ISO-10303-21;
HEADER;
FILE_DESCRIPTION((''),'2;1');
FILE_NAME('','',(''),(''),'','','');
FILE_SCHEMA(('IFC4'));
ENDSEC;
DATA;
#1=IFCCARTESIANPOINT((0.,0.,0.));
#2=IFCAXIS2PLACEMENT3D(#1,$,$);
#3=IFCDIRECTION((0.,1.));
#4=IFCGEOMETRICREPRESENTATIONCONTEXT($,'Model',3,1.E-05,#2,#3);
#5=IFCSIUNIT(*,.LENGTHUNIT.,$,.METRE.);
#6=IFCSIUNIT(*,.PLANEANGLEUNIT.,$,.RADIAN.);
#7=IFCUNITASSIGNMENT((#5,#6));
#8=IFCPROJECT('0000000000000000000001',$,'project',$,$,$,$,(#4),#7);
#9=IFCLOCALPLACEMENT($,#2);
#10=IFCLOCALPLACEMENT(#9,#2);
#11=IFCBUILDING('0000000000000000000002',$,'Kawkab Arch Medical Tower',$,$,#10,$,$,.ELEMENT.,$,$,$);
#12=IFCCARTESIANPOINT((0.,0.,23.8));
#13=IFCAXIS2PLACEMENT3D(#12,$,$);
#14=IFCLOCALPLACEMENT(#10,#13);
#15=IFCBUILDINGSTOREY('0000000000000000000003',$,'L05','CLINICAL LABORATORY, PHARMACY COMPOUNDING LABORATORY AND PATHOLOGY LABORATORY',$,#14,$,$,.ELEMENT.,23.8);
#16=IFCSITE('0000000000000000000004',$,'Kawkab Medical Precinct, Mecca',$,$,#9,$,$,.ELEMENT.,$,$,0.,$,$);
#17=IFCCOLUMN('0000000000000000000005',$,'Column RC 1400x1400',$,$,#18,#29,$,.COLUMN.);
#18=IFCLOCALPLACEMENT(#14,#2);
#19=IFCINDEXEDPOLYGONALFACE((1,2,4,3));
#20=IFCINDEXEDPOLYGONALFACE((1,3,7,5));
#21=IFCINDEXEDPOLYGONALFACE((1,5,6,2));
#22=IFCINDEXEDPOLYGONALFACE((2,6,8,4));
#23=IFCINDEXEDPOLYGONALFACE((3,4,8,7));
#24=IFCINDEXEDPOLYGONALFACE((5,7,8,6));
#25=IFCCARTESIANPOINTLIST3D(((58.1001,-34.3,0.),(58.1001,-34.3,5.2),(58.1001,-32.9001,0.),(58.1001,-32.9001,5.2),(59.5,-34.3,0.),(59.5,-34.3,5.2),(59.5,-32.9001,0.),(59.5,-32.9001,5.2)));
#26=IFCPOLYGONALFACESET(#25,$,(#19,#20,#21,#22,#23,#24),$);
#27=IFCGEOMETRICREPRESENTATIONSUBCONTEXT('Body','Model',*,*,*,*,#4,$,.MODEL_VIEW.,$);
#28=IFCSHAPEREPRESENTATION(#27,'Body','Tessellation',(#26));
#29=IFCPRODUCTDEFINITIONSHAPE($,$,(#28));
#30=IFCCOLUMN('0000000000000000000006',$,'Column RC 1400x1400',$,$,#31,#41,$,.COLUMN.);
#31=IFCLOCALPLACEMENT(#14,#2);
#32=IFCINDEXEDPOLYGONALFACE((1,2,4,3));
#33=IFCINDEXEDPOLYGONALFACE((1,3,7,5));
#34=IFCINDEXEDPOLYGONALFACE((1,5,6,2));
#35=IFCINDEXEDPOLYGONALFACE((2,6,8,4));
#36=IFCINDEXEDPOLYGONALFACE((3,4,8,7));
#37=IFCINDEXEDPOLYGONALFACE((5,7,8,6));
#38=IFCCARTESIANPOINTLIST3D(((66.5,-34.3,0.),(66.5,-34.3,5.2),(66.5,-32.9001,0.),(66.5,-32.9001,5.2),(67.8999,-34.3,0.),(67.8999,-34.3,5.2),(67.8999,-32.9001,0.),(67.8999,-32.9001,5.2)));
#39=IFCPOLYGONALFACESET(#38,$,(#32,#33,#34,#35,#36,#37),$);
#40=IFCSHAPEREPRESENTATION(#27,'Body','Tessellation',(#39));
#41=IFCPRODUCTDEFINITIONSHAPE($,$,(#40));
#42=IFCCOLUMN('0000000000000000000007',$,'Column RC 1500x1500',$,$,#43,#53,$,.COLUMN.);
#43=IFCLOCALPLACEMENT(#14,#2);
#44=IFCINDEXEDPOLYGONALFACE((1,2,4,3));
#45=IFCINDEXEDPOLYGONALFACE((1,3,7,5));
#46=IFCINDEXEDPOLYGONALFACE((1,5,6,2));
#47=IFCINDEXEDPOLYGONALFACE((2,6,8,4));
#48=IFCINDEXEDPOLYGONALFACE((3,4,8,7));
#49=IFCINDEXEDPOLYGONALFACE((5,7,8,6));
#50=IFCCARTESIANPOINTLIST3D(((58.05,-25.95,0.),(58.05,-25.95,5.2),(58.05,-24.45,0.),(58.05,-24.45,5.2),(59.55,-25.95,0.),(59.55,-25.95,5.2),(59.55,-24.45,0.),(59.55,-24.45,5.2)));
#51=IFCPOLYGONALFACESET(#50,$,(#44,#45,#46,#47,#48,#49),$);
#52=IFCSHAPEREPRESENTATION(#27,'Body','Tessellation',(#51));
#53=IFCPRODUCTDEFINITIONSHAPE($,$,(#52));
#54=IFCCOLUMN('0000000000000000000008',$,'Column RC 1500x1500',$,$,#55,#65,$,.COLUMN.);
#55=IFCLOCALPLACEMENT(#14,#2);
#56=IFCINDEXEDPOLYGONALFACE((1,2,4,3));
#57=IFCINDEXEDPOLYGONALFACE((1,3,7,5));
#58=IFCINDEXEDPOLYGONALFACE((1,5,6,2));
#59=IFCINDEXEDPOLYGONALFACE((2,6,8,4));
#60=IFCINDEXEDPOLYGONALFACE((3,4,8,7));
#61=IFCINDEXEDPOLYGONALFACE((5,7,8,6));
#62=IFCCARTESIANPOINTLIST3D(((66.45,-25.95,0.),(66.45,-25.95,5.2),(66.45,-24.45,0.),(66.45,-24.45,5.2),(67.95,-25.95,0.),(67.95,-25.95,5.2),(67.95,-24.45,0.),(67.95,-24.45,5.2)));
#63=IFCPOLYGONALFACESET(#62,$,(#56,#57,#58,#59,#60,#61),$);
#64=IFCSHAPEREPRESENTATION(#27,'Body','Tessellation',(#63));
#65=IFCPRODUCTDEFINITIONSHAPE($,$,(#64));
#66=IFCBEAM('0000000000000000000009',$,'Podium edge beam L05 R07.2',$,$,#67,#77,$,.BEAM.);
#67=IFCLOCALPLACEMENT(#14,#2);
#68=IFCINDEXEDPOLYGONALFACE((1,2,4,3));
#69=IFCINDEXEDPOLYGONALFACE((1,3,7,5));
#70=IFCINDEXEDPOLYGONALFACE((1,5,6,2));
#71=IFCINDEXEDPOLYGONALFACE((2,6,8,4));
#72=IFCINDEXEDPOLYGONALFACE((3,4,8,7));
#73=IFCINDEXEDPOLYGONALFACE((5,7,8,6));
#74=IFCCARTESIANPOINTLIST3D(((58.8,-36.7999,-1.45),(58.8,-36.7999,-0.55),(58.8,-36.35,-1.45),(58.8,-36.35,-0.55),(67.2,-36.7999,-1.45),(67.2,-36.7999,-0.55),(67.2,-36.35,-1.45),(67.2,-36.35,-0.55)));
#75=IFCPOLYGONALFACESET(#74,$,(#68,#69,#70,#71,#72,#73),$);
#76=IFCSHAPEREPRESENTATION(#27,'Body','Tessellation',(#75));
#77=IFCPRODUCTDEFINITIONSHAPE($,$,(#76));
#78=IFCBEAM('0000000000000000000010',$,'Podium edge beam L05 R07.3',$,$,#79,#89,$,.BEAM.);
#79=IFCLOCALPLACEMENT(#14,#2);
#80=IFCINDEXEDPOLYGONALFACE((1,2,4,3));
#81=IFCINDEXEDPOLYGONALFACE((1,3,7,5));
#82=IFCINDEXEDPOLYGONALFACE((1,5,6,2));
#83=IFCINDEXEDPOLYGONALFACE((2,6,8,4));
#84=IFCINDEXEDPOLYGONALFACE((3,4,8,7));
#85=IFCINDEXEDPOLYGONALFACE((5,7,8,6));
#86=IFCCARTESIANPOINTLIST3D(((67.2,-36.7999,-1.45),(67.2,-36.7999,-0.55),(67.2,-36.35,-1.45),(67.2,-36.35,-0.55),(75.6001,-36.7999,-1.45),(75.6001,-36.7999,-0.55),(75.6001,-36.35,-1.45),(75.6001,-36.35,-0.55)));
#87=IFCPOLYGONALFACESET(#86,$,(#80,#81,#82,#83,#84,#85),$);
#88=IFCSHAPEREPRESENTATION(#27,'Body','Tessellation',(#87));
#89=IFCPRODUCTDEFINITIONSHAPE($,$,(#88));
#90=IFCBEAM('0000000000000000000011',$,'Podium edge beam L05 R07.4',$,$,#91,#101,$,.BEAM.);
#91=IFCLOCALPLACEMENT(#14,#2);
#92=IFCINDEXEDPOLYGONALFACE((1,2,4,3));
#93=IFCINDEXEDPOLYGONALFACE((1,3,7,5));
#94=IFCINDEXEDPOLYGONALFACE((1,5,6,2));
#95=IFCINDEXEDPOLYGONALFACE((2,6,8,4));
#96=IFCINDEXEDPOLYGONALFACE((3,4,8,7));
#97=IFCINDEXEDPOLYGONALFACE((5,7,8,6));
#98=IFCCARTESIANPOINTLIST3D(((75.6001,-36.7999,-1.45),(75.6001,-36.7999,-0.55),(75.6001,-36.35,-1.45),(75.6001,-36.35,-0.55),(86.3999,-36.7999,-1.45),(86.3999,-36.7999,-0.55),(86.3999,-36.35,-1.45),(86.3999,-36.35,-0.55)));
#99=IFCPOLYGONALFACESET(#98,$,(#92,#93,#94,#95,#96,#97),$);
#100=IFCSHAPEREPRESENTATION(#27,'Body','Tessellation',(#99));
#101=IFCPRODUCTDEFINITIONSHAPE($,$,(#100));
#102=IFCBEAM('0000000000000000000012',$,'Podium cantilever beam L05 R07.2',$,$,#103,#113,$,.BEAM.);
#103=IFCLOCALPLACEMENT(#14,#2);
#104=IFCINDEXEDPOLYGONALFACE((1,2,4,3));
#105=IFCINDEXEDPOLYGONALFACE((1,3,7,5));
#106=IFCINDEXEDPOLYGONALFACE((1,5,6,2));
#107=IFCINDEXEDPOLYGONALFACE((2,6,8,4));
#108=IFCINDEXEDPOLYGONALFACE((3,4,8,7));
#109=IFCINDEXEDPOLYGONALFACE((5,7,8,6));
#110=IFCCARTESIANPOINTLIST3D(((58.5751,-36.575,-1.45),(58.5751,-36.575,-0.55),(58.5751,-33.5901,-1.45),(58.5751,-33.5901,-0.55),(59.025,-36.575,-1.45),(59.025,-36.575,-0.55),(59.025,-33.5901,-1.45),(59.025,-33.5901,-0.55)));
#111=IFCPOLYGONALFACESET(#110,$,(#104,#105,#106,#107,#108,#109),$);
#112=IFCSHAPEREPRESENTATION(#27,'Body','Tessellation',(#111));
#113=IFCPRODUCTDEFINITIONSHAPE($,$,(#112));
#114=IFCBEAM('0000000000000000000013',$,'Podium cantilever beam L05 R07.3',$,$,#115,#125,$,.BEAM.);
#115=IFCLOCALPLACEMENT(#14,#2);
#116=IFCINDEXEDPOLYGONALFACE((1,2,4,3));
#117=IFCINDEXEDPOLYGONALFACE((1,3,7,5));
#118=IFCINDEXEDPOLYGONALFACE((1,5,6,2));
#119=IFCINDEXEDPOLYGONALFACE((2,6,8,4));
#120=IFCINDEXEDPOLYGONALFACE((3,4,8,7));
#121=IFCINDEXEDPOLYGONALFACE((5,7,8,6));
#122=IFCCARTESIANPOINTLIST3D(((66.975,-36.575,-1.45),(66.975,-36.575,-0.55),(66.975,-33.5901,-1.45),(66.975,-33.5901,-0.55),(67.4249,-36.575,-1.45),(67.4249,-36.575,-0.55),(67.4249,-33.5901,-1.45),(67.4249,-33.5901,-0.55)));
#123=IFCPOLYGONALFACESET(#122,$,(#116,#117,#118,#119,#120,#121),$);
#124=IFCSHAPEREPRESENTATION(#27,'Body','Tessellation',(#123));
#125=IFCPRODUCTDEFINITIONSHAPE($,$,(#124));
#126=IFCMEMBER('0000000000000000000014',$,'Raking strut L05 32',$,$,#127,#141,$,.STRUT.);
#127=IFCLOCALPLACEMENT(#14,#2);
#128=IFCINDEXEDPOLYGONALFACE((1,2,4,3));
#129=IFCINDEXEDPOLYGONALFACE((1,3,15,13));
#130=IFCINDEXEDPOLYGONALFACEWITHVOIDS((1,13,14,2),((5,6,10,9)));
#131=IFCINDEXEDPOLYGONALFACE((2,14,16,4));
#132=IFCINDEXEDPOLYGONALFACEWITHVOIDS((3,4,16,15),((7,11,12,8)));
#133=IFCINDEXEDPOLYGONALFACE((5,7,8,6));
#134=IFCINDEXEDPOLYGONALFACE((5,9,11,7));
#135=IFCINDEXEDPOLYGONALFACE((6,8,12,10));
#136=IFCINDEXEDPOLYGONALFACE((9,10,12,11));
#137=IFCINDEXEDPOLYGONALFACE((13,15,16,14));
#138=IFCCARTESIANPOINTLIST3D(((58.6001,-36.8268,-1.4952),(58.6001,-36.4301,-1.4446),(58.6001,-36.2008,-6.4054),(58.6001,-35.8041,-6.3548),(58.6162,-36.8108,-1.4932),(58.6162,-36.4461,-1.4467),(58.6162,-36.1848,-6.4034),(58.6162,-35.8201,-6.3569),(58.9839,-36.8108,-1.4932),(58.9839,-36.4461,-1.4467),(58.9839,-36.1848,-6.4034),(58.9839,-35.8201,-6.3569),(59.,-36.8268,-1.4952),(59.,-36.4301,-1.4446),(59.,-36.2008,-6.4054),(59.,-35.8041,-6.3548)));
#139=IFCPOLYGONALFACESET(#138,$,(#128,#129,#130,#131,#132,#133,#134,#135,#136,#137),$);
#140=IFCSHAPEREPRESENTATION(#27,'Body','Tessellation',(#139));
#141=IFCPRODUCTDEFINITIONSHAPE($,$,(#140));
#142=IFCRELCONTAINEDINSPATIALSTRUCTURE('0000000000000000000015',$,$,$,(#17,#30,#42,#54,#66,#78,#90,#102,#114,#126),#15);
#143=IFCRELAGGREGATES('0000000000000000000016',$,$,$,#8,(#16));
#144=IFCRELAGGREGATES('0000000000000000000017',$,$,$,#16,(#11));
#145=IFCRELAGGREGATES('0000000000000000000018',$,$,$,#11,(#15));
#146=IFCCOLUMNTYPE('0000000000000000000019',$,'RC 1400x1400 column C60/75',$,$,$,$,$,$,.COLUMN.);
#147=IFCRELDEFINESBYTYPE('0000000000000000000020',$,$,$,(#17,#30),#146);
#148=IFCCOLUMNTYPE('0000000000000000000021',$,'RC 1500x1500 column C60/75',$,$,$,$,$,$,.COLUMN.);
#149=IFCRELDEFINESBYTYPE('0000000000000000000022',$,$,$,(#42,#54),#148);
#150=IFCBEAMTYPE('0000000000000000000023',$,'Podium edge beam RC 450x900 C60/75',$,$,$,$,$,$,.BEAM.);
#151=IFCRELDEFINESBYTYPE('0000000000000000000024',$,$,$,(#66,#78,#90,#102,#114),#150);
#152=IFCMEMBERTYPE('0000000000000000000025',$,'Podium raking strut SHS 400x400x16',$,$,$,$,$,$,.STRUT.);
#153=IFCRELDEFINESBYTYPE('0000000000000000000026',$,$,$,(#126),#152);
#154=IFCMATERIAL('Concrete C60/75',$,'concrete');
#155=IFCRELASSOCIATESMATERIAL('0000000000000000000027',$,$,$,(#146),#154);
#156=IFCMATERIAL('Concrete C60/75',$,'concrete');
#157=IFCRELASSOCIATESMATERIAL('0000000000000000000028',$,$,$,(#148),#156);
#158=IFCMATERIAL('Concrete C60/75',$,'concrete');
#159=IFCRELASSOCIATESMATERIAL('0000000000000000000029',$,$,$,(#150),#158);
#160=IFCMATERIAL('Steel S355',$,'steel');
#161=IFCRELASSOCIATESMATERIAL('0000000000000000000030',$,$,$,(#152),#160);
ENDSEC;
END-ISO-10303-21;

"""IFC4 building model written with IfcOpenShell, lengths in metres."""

from ifc_helpers import new_model, si_unit, direction, frame, origin, origin_2d, place, context, subcontext, project, spatial, rectangle, hollow_rectangle, extrude, material, material_profile, profile_set, type_object, element, save


model = new_model("IFC4")

# Units and contexts
model_context = context("Model", 3, precision=1e-05, world=origin(), true_north=direction((0.0, 1.0)))
body_context = subcontext(model_context, "Body", "Model", "MODEL_VIEW")
ifc_project = project(units=[si_unit("LENGTHUNIT", "METRE"), si_unit("PLANEANGLEUNIT", "RADIAN")], contexts=[model_context])

# Site, building, storey
site_placement = place(None, origin())
site = spatial("IfcSite", under=ifc_project, at=site_placement, Name="Kawkab Medical Precinct, Mecca", CompositionType="ELEMENT", RefElevation=0.0)
building_placement = place(site_placement, origin())
building = spatial("IfcBuilding", under=site, at=building_placement, Name="Kawkab Arch Medical Tower", CompositionType="ELEMENT")
storey_placement = place(building_placement, frame((0.0, 0.0, 23.8)))
storey = spatial("IfcBuildingStorey", under=building, at=storey_placement, Name="L05", Description="CLINICAL LABORATORY, PHARMACY COMPOUNDING LABORATORY AND PATHOLOGY LABORATORY", CompositionType="ELEMENT", Elevation=23.8)

# Columns
ifc_material_1 = material(Name="Concrete C60/75", Category="concrete")
ifc_material_profile_1 = material_profile(ifc_material_1, rectangle(XDim=1.3999, YDim=1.3999, at=origin_2d()), Name="RC 1400x1400")
ifc_profile_set_1 = profile_set([ifc_material_profile_1], Name="Concrete C60/75")
column_type_1 = type_object("IfcColumnType", Name="RC 1400x1400 column C60/75", PredefinedType="COLUMN", material=ifc_profile_set_1)
for number, where, z_axis, x_axis, name in (
    (1, (58.8, -33.6001, 0.0), (0.0, 0.0, 1.0), (1.0, 0.0, 0.0), "Column RC 1400x1400"),
    (2, (67.2, -33.6001, 0.0), (0.0, 0.0, 1.0), (1.0, 0.0, 0.0), "Column RC 1400x1400"),
):
    element("IfcColumn", number, at=place(storey_placement, frame(where, z_axis=z_axis, x_axis=x_axis)), inside=storey, type_object=column_type_1, Name=name, PredefinedType="COLUMN", context=body_context, shape_type="SweptSolid", body=[
        extrude(rectangle(XDim=1.3999, YDim=1.3999, at=origin_2d()), origin(), (0.0, 0.0, 1.0), 5.2),
    ])
ifc_material_2 = material(Name="Concrete C60/75", Category="concrete")
ifc_material_profile_2 = material_profile(ifc_material_2, rectangle(XDim=1.5, YDim=1.5, at=origin_2d()), Name="RC 1500x1500")
ifc_profile_set_2 = profile_set([ifc_material_profile_2], Name="Concrete C60/75")
column_type_2 = type_object("IfcColumnType", Name="RC 1500x1500 column C60/75", PredefinedType="COLUMN", material=ifc_profile_set_2)
for number, where, z_axis, x_axis, name in (
    (3, (58.8, -25.2, 0.0), (0.0, 0.0, 1.0), (1.0, 0.0, 0.0), "Column RC 1500x1500"),
    (4, (67.2, -25.2, 0.0), (0.0, 0.0, 1.0), (1.0, 0.0, 0.0), "Column RC 1500x1500"),
):
    element("IfcColumn", number, at=place(storey_placement, frame(where, z_axis=z_axis, x_axis=x_axis)), inside=storey, type_object=column_type_2, Name=name, PredefinedType="COLUMN", context=body_context, shape_type="SweptSolid", body=[
        extrude(rectangle(XDim=1.5, YDim=1.5, at=origin_2d()), origin(), (0.0, 0.0, 1.0), 5.2),
    ])

# Beams
ifc_material_3 = material(Name="Concrete C60/75", Category="concrete")
ifc_material_profile_3 = material_profile(ifc_material_3, rectangle(XDim=0.45, YDim=0.8999, at=origin_2d()), Name="RC 450x900")
ifc_profile_set_3 = profile_set([ifc_material_profile_3], Name="Concrete C60/75")
beam_type = type_object("IfcBeamType", Name="Podium edge beam RC 450x900 C60/75", PredefinedType="BEAM", material=ifc_profile_set_3)
beam_1_placement = place(storey_placement, frame((58.8, -36.575, -1.0), z_axis=(1.0, 0.0, 0.0), x_axis=(0.0, 1.0, 0.0)))
element("IfcBeam", 5, at=beam_1_placement, inside=storey, type_object=beam_type, Name="Podium edge beam L05 R07.2", PredefinedType="BEAM", context=body_context, shape_type="SweptSolid", body=[
    extrude(rectangle(XDim=0.45, YDim=0.8999, at=origin_2d()), origin(), (0.0, 0.0, 1.0), 8.3999),
])
beam_2_placement = place(storey_placement, frame((67.2, -36.575, -1.0), z_axis=(1.0, 0.0, 0.0), x_axis=(0.0, 1.0, 0.0)))
element("IfcBeam", 6, at=beam_2_placement, inside=storey, type_object=beam_type, Name="Podium edge beam L05 R07.3", PredefinedType="BEAM", context=body_context, shape_type="SweptSolid", body=[
    extrude(rectangle(XDim=0.45, YDim=0.8999, at=origin_2d()), origin(), (0.0, 0.0, 1.0), 8.4001),
])
beam_3_placement = place(storey_placement, frame((75.6001, -36.575, -1.0), z_axis=(1.0, 0.0, 0.0), x_axis=(0.0, 1.0, 0.0)))
element("IfcBeam", 7, at=beam_3_placement, inside=storey, type_object=beam_type, Name="Podium edge beam L05 R07.4", PredefinedType="BEAM", context=body_context, shape_type="SweptSolid", body=[
    extrude(rectangle(XDim=0.45, YDim=0.8999, at=origin_2d()), origin(), (0.0, 0.0, 1.0), 10.7998),
])
for number, where, z_axis, x_axis, name in (
    (8, (58.8, -33.5901, -1.0), (0.0, -1.0, 0.0), (1.0, 0.0, 0.0), "Podium cantilever beam L05 R07.2"),
    (9, (67.2, -33.5901, -1.0), (0.0, -1.0, 0.0), (1.0, 0.0, 0.0), "Podium cantilever beam L05 R07.3"),
):
    element("IfcBeam", number, at=place(storey_placement, frame(where, z_axis=z_axis, x_axis=x_axis)), inside=storey, type_object=beam_type, Name=name, PredefinedType="BEAM", context=body_context, shape_type="SweptSolid", body=[
        extrude(rectangle(XDim=0.45, YDim=0.8999, at=origin_2d()), origin(), (0.0, 0.0, 1.0), 2.9849),
    ])

# Member
ifc_material_4 = material(Name="Steel S355", Category="steel")
ifc_material_profile_4 = material_profile(ifc_material_4, hollow_rectangle(XDim=0.3999, YDim=0.3999, WallThickness=0.0161, at=origin_2d()), Name="SHS 400x400x16")
ifc_profile_set_4 = profile_set([ifc_material_profile_4], Name="Steel S355")
member_type = type_object("IfcMemberType", Name="Podium raking strut SHS 400x400x16", PredefinedType="STRUT", material=ifc_profile_set_4)
member_placement = place(storey_placement, frame((58.8, -36.0024, -6.3801), z_axis=(0.0, -0.126463, 0.991971), x_axis=(1.0, 0.0, 0.0)))
element("IfcMember", 10, at=member_placement, inside=storey, type_object=member_type, Name="Raking strut L05 32", PredefinedType="STRUT", context=body_context, shape_type="SweptSolid", body=[
    extrude(hollow_rectangle(XDim=0.3999, YDim=0.3999, WallThickness=0.0161, at=origin_2d()), origin(), (0.0, 0.0, 1.0), 4.95),
])

save(model, "model.ifc")
